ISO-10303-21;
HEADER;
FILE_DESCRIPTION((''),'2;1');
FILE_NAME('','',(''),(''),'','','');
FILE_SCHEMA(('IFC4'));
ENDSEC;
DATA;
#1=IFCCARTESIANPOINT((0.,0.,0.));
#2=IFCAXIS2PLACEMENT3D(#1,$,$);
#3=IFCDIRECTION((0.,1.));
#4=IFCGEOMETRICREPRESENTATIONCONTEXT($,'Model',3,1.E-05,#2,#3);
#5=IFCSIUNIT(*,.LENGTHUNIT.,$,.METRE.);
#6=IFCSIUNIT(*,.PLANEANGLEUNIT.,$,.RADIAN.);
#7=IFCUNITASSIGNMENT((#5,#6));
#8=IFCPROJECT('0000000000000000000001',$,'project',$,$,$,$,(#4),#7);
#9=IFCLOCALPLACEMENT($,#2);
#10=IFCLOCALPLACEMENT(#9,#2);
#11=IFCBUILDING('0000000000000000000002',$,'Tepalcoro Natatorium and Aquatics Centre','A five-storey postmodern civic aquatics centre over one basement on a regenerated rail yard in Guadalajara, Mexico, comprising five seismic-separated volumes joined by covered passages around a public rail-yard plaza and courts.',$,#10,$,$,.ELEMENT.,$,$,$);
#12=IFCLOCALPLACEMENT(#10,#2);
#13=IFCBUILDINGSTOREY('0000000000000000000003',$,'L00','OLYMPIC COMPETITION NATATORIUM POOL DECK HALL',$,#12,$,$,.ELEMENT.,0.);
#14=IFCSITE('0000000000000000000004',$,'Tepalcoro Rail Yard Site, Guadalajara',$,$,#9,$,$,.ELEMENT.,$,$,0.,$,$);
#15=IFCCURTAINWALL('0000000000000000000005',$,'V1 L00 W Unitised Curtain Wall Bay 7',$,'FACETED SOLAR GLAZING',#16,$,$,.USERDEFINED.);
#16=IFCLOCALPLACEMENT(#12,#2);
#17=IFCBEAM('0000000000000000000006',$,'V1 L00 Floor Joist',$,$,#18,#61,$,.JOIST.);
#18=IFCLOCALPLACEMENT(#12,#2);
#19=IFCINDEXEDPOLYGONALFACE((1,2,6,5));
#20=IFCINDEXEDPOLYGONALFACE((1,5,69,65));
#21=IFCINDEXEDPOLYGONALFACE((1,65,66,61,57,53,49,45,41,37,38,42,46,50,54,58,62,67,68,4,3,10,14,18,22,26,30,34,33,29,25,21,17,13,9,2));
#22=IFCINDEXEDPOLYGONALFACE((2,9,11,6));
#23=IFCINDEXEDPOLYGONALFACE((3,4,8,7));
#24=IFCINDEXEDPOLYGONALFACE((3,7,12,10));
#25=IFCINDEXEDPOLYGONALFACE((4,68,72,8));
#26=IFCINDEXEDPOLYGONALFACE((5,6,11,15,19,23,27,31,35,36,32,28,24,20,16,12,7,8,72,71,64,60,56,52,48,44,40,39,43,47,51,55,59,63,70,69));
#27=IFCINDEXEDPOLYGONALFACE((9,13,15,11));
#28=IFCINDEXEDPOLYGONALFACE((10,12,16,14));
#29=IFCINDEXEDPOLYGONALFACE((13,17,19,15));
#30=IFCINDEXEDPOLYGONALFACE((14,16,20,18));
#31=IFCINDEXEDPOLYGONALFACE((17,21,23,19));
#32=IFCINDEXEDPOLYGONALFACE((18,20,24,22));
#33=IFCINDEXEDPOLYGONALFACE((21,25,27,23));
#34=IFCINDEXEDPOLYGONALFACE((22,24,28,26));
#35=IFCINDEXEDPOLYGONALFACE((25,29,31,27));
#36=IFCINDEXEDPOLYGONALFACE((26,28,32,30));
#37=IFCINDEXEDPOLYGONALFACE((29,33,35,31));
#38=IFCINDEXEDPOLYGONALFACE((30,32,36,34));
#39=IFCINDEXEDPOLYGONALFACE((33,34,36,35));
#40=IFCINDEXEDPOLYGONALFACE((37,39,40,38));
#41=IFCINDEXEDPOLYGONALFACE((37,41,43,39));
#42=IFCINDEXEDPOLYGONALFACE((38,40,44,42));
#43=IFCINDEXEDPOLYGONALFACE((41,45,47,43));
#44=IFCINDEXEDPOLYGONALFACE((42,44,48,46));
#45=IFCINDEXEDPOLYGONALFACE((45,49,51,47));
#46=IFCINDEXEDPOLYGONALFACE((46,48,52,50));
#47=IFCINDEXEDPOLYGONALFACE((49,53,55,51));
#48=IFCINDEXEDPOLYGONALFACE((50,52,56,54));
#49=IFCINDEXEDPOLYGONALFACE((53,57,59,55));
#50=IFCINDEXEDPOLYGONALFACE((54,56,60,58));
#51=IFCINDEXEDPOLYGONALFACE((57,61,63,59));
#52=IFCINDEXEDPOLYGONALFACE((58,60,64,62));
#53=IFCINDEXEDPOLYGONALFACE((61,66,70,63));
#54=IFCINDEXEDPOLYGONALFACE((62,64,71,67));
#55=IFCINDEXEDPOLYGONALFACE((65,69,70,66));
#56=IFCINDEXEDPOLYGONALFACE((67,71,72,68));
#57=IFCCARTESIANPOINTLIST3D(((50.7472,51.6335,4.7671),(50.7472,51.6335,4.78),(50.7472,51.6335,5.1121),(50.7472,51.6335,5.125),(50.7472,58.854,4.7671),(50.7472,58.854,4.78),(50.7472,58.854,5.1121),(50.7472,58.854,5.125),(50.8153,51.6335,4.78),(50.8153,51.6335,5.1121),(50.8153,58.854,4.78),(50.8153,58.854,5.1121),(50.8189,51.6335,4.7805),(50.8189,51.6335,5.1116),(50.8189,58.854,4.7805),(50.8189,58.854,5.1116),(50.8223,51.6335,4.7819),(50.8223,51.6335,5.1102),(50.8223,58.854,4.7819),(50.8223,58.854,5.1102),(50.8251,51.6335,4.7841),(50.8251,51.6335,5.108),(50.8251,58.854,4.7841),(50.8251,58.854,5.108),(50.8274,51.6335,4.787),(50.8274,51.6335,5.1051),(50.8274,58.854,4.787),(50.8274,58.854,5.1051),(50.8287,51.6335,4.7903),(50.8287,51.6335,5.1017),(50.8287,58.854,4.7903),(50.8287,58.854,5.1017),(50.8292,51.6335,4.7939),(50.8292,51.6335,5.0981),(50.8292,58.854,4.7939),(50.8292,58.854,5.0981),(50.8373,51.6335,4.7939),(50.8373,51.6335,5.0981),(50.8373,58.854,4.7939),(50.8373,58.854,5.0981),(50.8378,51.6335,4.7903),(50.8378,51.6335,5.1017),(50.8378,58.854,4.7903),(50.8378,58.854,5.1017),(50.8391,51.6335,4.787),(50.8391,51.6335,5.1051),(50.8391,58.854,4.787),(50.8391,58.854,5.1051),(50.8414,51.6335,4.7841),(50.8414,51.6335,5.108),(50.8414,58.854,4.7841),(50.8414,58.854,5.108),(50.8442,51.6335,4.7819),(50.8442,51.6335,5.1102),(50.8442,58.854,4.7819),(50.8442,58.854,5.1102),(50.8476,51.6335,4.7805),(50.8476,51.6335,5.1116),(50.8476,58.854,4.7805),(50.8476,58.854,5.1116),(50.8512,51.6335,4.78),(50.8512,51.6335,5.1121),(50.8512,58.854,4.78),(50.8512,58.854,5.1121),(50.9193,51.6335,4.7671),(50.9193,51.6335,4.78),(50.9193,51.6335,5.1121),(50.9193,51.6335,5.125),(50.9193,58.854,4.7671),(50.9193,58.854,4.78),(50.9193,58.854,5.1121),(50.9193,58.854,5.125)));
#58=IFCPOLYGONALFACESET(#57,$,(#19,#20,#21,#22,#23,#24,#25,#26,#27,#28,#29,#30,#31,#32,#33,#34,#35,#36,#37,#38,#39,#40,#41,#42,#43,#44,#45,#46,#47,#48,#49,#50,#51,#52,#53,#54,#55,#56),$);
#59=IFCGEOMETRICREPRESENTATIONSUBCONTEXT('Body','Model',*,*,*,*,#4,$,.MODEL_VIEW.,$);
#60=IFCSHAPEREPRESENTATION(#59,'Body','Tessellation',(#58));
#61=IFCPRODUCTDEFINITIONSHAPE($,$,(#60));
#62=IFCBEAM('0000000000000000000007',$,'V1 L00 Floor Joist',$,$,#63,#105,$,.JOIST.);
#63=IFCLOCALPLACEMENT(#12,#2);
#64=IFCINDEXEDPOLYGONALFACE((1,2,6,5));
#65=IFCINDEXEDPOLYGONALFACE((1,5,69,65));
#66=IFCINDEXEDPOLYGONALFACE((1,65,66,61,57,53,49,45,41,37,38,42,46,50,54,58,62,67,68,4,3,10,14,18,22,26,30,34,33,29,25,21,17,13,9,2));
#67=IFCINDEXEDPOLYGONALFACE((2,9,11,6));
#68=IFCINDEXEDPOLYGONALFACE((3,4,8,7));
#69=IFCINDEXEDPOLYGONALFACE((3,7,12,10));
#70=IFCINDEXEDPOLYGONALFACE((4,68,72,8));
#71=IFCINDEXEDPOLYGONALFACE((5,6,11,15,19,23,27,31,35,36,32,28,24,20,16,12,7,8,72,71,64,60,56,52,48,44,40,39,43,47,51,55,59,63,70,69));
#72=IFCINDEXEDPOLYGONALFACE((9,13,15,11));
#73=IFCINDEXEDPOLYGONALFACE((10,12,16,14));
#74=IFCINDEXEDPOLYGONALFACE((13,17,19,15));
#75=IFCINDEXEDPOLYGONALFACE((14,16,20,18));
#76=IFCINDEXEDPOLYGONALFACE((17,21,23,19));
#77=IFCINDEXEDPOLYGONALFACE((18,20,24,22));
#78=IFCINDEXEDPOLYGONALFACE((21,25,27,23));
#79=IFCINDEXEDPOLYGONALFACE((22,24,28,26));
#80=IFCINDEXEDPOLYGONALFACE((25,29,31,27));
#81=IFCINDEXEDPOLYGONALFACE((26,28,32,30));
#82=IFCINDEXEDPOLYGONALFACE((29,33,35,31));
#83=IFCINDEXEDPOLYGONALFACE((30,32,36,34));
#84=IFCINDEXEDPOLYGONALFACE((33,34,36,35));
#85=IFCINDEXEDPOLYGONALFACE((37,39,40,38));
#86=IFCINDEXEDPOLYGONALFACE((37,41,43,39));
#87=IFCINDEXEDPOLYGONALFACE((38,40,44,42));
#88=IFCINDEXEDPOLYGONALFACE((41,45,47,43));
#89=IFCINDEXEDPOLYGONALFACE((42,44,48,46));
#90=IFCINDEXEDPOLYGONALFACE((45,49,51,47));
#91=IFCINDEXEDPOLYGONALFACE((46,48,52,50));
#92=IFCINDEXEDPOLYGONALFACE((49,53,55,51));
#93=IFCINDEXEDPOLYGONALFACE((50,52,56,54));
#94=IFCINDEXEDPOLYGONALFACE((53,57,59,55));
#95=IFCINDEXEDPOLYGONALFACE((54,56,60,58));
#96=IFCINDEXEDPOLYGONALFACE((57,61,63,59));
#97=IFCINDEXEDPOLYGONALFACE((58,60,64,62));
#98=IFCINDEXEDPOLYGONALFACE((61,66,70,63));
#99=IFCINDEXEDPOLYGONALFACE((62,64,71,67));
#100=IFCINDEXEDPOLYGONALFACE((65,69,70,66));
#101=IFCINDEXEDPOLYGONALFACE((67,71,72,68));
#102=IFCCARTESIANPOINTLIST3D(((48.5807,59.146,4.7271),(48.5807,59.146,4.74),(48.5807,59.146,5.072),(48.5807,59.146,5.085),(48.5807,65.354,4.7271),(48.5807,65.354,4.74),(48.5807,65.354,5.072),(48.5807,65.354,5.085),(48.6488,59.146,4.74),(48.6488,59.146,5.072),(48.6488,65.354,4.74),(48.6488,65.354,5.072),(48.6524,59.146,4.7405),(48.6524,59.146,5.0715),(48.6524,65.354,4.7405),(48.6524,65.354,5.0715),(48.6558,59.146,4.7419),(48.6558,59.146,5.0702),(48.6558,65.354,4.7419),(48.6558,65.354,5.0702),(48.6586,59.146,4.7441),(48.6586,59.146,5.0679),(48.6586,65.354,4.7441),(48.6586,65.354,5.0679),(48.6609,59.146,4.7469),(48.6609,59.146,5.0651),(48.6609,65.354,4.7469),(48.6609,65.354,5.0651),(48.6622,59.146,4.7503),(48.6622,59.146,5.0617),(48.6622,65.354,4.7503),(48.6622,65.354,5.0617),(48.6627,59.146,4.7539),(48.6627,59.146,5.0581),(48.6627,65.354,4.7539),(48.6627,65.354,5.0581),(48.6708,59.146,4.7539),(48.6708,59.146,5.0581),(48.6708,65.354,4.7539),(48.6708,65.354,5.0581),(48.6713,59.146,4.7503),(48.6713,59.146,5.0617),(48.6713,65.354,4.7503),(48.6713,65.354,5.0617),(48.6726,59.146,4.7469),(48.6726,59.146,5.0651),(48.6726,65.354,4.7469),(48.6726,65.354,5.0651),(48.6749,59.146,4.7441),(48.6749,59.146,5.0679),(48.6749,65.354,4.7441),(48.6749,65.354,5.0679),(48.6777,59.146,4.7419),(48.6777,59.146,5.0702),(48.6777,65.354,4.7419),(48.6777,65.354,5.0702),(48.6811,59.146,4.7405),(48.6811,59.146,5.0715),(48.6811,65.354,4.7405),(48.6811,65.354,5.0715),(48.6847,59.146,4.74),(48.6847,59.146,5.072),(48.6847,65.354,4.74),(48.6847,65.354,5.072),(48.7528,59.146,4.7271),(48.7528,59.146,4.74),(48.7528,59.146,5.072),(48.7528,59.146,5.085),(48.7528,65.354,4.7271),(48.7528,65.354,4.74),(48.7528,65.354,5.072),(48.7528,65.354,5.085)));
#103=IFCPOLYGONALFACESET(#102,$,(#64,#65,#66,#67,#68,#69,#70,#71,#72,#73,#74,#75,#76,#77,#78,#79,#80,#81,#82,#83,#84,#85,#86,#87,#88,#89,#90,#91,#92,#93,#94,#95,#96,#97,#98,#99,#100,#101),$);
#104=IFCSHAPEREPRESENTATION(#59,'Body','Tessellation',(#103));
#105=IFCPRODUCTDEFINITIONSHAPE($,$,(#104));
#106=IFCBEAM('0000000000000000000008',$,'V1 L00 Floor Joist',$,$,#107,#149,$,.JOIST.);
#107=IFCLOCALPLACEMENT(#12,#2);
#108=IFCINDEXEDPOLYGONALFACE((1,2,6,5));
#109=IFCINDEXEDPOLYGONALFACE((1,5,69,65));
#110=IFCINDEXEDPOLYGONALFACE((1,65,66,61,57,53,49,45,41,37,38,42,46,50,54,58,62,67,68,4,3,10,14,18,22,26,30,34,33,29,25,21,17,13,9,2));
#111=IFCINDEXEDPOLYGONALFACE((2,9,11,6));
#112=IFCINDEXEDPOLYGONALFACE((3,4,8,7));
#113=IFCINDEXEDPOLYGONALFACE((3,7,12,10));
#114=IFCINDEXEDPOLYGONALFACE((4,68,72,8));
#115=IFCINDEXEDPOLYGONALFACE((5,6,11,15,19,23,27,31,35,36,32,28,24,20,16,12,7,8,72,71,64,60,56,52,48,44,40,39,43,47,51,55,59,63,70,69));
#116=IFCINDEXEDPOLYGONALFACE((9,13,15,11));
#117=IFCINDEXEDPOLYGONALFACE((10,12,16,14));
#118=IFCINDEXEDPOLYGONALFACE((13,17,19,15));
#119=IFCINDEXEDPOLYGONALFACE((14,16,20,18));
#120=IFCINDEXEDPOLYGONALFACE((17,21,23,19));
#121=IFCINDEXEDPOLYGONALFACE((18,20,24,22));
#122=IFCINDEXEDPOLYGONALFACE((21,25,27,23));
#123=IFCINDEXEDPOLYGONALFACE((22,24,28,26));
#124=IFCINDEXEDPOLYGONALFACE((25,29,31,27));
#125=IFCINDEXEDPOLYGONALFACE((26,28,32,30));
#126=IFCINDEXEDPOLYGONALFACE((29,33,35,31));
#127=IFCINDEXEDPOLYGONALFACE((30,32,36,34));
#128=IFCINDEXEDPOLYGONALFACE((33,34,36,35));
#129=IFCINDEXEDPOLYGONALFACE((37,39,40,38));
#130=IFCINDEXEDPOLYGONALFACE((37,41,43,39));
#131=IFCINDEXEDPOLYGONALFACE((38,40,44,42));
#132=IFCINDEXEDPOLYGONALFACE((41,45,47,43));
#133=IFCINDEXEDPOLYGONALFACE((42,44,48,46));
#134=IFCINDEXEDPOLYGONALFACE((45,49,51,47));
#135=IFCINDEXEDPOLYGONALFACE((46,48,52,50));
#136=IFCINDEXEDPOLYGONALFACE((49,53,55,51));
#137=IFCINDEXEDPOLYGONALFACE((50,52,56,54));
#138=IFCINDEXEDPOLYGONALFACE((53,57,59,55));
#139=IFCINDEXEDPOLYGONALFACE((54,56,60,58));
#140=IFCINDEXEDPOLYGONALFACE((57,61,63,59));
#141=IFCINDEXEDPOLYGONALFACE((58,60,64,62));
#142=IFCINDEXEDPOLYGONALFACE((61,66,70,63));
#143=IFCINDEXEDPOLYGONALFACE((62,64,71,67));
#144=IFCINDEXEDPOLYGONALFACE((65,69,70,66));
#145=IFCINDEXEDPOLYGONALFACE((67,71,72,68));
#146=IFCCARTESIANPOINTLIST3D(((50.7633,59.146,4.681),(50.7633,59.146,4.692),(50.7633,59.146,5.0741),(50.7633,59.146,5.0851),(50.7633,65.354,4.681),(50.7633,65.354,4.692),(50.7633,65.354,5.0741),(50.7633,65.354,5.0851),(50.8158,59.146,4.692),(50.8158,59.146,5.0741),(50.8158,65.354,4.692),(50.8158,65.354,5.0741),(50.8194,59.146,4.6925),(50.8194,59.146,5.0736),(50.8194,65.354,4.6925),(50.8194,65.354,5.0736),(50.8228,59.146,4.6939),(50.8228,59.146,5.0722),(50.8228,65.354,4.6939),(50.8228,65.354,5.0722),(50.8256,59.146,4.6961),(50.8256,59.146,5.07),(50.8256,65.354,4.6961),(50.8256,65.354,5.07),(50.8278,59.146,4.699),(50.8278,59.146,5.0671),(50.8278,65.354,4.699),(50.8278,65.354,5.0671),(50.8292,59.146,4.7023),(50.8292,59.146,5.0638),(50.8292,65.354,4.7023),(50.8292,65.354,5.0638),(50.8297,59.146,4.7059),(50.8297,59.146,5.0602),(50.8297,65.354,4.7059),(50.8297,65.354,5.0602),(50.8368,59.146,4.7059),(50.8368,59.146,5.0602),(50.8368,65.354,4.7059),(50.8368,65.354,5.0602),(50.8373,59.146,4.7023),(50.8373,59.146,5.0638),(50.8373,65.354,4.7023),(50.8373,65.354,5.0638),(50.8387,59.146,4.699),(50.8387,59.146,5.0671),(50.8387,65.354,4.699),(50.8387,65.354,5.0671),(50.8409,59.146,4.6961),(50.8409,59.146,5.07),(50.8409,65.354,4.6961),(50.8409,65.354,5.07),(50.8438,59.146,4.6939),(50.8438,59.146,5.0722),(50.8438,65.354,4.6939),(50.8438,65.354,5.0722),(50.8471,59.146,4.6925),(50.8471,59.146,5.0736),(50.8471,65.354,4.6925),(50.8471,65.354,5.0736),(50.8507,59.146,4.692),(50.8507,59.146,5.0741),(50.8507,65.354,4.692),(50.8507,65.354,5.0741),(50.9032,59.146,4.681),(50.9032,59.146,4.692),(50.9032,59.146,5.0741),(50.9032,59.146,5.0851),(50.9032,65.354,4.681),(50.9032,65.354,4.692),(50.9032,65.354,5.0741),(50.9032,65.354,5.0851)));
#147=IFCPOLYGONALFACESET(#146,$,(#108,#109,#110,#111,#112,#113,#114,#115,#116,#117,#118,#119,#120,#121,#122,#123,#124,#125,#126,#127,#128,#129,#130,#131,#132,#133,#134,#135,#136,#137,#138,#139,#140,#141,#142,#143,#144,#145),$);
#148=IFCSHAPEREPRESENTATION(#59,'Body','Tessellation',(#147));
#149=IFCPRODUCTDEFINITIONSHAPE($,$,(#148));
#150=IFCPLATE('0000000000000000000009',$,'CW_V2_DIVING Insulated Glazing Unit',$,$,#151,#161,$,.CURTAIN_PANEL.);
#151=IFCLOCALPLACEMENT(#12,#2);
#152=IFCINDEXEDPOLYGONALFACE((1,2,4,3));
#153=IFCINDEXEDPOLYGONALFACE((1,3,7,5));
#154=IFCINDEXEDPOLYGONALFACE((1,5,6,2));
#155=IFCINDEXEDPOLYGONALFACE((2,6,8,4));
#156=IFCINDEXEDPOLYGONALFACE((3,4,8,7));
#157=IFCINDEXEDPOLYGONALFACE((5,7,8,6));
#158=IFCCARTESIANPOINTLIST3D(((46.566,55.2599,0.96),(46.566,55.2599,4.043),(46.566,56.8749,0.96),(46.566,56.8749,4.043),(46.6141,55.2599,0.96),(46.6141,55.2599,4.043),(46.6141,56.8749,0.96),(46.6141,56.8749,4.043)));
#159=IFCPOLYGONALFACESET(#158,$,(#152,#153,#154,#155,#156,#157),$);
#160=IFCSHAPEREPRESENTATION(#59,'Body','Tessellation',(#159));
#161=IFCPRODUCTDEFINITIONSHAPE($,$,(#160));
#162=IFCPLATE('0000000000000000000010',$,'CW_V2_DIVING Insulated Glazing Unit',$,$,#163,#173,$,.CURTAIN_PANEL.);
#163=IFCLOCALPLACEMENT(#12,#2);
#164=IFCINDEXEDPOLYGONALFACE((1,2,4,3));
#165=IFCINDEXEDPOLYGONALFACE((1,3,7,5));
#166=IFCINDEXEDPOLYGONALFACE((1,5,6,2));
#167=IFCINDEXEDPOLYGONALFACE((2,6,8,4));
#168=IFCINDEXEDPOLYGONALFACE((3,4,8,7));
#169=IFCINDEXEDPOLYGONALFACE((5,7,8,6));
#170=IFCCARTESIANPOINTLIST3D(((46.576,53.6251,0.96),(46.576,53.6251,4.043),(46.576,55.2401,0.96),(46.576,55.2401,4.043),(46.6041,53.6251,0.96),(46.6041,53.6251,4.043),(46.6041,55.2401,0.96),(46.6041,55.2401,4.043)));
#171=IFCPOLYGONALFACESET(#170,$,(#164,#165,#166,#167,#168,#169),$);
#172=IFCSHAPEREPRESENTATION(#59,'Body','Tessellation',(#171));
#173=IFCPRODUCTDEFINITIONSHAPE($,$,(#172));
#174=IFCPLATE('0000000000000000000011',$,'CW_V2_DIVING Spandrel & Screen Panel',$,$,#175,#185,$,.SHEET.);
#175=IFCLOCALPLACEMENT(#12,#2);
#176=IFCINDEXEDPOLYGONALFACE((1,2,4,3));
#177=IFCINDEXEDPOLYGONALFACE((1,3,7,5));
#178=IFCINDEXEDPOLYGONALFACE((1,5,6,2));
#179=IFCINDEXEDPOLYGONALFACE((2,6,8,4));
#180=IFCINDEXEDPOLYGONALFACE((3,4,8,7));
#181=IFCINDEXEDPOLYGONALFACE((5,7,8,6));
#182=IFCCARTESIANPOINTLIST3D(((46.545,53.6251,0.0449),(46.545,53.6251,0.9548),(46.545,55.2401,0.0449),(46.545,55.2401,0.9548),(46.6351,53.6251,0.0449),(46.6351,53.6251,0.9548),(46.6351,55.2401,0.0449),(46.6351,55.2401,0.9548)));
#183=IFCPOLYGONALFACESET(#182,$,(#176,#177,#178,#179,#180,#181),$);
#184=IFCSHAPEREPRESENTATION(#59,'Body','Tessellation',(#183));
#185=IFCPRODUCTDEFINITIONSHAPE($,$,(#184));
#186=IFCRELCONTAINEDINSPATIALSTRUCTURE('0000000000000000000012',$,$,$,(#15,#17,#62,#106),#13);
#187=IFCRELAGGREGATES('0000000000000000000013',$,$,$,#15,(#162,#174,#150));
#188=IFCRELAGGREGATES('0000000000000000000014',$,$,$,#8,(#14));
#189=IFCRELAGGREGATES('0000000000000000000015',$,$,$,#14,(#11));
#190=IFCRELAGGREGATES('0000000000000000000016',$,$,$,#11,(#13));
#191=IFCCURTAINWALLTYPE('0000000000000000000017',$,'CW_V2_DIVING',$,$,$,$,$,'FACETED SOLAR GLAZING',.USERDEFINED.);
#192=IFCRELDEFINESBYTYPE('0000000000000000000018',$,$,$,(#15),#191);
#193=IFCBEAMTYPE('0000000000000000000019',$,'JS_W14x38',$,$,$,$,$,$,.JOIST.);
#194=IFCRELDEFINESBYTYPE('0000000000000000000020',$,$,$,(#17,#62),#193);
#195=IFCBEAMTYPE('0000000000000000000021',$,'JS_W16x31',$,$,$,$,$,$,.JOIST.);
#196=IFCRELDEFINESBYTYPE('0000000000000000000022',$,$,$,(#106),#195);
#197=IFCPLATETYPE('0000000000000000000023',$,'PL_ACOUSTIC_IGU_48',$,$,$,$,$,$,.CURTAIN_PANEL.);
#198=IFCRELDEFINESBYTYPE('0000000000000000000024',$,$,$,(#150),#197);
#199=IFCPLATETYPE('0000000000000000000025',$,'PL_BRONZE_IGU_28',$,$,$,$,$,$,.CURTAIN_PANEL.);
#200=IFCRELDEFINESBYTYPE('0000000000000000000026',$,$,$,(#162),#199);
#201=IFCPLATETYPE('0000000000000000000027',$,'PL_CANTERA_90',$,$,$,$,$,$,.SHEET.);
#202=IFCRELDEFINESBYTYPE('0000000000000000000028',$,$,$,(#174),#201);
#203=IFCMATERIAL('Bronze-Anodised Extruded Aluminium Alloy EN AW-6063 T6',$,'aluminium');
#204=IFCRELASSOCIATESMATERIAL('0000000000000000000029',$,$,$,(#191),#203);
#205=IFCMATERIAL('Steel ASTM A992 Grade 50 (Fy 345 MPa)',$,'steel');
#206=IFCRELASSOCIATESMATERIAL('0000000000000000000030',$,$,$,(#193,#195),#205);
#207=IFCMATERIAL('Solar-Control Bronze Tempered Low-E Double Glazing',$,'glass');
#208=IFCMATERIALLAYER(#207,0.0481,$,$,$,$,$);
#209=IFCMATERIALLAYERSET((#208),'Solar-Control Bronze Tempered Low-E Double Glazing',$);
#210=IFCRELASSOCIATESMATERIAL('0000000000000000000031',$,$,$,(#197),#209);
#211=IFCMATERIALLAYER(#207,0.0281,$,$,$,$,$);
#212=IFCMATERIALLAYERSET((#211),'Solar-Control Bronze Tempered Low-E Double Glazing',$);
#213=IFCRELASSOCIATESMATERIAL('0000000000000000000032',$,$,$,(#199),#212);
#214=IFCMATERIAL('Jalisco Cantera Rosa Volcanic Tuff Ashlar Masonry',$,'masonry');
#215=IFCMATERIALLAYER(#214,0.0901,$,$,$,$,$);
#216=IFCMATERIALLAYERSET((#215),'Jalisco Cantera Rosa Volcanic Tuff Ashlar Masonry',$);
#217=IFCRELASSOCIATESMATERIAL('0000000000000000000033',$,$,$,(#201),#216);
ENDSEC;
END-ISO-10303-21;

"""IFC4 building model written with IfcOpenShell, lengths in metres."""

from ifc_helpers import new_model, si_unit, direction, frame, origin, origin_2d, place, context, subcontext, project, spatial, rectangle, i_section, extrude, material, layer, layer_set, material_profile, profile_set, type_object, element, aggregate, save


model = new_model("IFC4")

# Units and contexts
model_context = context("Model", 3, precision=1e-05, world=origin(), true_north=direction((0.0, 1.0)))
body_context = subcontext(model_context, "Body", "Model", "MODEL_VIEW")
ifc_project = project(units=[si_unit("LENGTHUNIT", "METRE"), si_unit("PLANEANGLEUNIT", "RADIAN")], contexts=[model_context])

# Site, building, storey
site_placement = place(None, origin())
site = spatial("IfcSite", under=ifc_project, at=site_placement, Name="Tepalcoro Rail Yard Site, Guadalajara", CompositionType="ELEMENT", RefElevation=0.0)
building_placement = place(site_placement, origin())
building = spatial("IfcBuilding", under=site, at=building_placement, Name="Tepalcoro Natatorium and Aquatics Centre", Description="A five-storey postmodern civic aquatics centre over one basement on a regenerated rail yard in Guadalajara, Mexico, comprising five seismic-separated volumes joined by covered passages around a public rail-yard plaza and courts.", CompositionType="ELEMENT")
storey_placement = place(building_placement, origin())
storey = spatial("IfcBuildingStorey", under=building, at=storey_placement, Name="L00", Description="OLYMPIC COMPETITION NATATORIUM POOL DECK HALL", CompositionType="ELEMENT", Elevation=0.0)

# Shared definitions
ifc_material_1 = material(Name="Steel ASTM A992 Grade 50 (Fy 345 MPa)", Category="steel")

# Curtain wall
ifc_material_2 = material(Name="Bronze-Anodised Extruded Aluminium Alloy EN AW-6063 T6", Category="aluminium")
curtain_wall_type = type_object("IfcCurtainWallType", Name="CW_V2_DIVING", ElementType="FACETED SOLAR GLAZING", PredefinedType="USERDEFINED", material=ifc_material_2)
curtain_wall_placement = place(storey_placement, origin())
curtain_wall = element("IfcCurtainWall", 1, at=curtain_wall_placement, inside=storey, type_object=curtain_wall_type, Name="V1 L00 W Unitised Curtain Wall Bay 7", ObjectType="FACETED SOLAR GLAZING", PredefinedType="USERDEFINED")

# Beams
ifc_material_profile_1 = material_profile(ifc_material_1, i_section(OverallWidth=0.1721, OverallDepth=0.3579, WebThickness=0.0081, FlangeThickness=0.0129, FilletRadius=0.0139, at=origin_2d()), Name="W14X38")
ifc_profile_set_1 = profile_set([ifc_material_profile_1], Name="Steel ASTM A992 Grade 50 (Fy 345 MPa)")
beam_type_1 = type_object("IfcBeamType", Name="JS_W14x38", PredefinedType="JOIST", material=ifc_profile_set_1)
beam_1_placement = place(storey_placement, frame((50.8333, 51.6335, 4.946), z_axis=(0.0, 1.0, 0.0), x_axis=(-1.0, 0.0, 0.0)))
element("IfcBeam", 2, at=beam_1_placement, inside=storey, type_object=beam_type_1, Name="V1 L00 Floor Joist", PredefinedType="JOIST", context=body_context, shape_type="SweptSolid", body=[
    extrude(i_section(OverallWidth=0.1721, OverallDepth=0.3579, WebThickness=0.0081, FlangeThickness=0.0129, FilletRadius=0.0139, at=origin_2d()), origin(), (0.0, 0.0, 1.0), 7.2205),
])
beam_2_placement = place(storey_placement, frame((48.6667, 59.146, 4.906), z_axis=(0.0, 1.0, 0.0), x_axis=(-1.0, 0.0, 0.0)))
element("IfcBeam", 3, at=beam_2_placement, inside=storey, type_object=beam_type_1, Name="V1 L00 Floor Joist", PredefinedType="JOIST", context=body_context, shape_type="SweptSolid", body=[
    extrude(i_section(OverallWidth=0.1721, OverallDepth=0.3579, WebThickness=0.0081, FlangeThickness=0.0129, FilletRadius=0.0139, at=origin_2d()), origin(), (0.0, 0.0, 1.0), 6.208),
])
ifc_material_profile_2 = material_profile(ifc_material_1, i_section(OverallWidth=0.1399, OverallDepth=0.4041, WebThickness=0.0071, FlangeThickness=0.011, FilletRadius=0.0139, at=origin_2d()), Name="W16X31")
ifc_profile_set_2 = profile_set([ifc_material_profile_2], Name="Steel ASTM A992 Grade 50 (Fy 345 MPa)")
beam_type_2 = type_object("IfcBeamType", Name="JS_W16x31", PredefinedType="JOIST", material=ifc_profile_set_2)
beam_3_placement = place(storey_placement, frame((50.8333, 59.146, 4.8831), z_axis=(0.0, 1.0, 0.0), x_axis=(-1.0, 0.0, 0.0)))
element("IfcBeam", 4, at=beam_3_placement, inside=storey, type_object=beam_type_2, Name="V1 L00 Floor Joist", PredefinedType="JOIST", context=body_context, shape_type="SweptSolid", body=[
    extrude(i_section(OverallWidth=0.1399, OverallDepth=0.4041, WebThickness=0.0071, FlangeThickness=0.011, FilletRadius=0.0139, at=origin_2d()), origin(), (0.0, 0.0, 1.0), 6.208),
])

# Plates
ifc_material_3 = material(Name="Solar-Control Bronze Tempered Low-E Double Glazing", Category="glass")
ifc_layer_1 = layer(ifc_material_3, 0.0481)
ifc_layer_set_1 = layer_set([ifc_layer_1], Name="Solar-Control Bronze Tempered Low-E Double Glazing")
plate_type_1 = type_object("IfcPlateType", Name="PL_ACOUSTIC_IGU_48", PredefinedType="CURTAIN_PANEL", material=ifc_layer_set_1)
plate_1_placement = place(storey_placement, frame((46.5901, 56.0674, 0.96), z_axis=(0.0, 0.0, 1.0), x_axis=(1.0, 0.0, 0.0)))
plate_1 = element("IfcPlate", 5, at=plate_1_placement, type_object=plate_type_1, Name="CW_V2_DIVING Insulated Glazing Unit", PredefinedType="CURTAIN_PANEL", context=body_context, shape_type="SweptSolid", body=[
    extrude(rectangle(XDim=0.0481, YDim=1.615, at=origin_2d()), origin(), (0.0, 0.0, 1.0), 3.083),
])
ifc_layer_2 = layer(ifc_material_3, 0.0281)
ifc_layer_set_2 = layer_set([ifc_layer_2], Name="Solar-Control Bronze Tempered Low-E Double Glazing")
plate_type_2 = type_object("IfcPlateType", Name="PL_BRONZE_IGU_28", PredefinedType="CURTAIN_PANEL", material=ifc_layer_set_2)
plate_2_placement = place(storey_placement, frame((46.5901, 54.4326, 0.96), z_axis=(0.0, 0.0, 1.0), x_axis=(1.0, 0.0, 0.0)))
plate_2 = element("IfcPlate", 6, at=plate_2_placement, type_object=plate_type_2, Name="CW_V2_DIVING Insulated Glazing Unit", PredefinedType="CURTAIN_PANEL", context=body_context, shape_type="SweptSolid", body=[
    extrude(rectangle(XDim=0.0281, YDim=1.615, at=origin_2d()), origin(), (0.0, 0.0, 1.0), 3.083),
])
ifc_material_4 = material(Name="Jalisco Cantera Rosa Volcanic Tuff Ashlar Masonry", Category="masonry")
ifc_layer_3 = layer(ifc_material_4, 0.0901)
ifc_layer_set_3 = layer_set([ifc_layer_3], Name="Jalisco Cantera Rosa Volcanic Tuff Ashlar Masonry")
plate_type_3 = type_object("IfcPlateType", Name="PL_CANTERA_90", PredefinedType="SHEET", material=ifc_layer_set_3)
plate_3_placement = place(storey_placement, frame((46.5901, 54.4326, 0.0449), z_axis=(0.0, 0.0, 1.0), x_axis=(1.0, 0.0, 0.0)))
plate_3 = element("IfcPlate", 7, at=plate_3_placement, type_object=plate_type_3, Name="CW_V2_DIVING Spandrel & Screen Panel", PredefinedType="SHEET", context=body_context, shape_type="SweptSolid", body=[
    extrude(rectangle(XDim=0.0901, YDim=1.615, at=origin_2d()), origin(), (0.0, 0.0, 1.0), 0.9099),
])
aggregate(curtain_wall, [plate_2, plate_3, plate_1])

save(model, "model.ifc")
